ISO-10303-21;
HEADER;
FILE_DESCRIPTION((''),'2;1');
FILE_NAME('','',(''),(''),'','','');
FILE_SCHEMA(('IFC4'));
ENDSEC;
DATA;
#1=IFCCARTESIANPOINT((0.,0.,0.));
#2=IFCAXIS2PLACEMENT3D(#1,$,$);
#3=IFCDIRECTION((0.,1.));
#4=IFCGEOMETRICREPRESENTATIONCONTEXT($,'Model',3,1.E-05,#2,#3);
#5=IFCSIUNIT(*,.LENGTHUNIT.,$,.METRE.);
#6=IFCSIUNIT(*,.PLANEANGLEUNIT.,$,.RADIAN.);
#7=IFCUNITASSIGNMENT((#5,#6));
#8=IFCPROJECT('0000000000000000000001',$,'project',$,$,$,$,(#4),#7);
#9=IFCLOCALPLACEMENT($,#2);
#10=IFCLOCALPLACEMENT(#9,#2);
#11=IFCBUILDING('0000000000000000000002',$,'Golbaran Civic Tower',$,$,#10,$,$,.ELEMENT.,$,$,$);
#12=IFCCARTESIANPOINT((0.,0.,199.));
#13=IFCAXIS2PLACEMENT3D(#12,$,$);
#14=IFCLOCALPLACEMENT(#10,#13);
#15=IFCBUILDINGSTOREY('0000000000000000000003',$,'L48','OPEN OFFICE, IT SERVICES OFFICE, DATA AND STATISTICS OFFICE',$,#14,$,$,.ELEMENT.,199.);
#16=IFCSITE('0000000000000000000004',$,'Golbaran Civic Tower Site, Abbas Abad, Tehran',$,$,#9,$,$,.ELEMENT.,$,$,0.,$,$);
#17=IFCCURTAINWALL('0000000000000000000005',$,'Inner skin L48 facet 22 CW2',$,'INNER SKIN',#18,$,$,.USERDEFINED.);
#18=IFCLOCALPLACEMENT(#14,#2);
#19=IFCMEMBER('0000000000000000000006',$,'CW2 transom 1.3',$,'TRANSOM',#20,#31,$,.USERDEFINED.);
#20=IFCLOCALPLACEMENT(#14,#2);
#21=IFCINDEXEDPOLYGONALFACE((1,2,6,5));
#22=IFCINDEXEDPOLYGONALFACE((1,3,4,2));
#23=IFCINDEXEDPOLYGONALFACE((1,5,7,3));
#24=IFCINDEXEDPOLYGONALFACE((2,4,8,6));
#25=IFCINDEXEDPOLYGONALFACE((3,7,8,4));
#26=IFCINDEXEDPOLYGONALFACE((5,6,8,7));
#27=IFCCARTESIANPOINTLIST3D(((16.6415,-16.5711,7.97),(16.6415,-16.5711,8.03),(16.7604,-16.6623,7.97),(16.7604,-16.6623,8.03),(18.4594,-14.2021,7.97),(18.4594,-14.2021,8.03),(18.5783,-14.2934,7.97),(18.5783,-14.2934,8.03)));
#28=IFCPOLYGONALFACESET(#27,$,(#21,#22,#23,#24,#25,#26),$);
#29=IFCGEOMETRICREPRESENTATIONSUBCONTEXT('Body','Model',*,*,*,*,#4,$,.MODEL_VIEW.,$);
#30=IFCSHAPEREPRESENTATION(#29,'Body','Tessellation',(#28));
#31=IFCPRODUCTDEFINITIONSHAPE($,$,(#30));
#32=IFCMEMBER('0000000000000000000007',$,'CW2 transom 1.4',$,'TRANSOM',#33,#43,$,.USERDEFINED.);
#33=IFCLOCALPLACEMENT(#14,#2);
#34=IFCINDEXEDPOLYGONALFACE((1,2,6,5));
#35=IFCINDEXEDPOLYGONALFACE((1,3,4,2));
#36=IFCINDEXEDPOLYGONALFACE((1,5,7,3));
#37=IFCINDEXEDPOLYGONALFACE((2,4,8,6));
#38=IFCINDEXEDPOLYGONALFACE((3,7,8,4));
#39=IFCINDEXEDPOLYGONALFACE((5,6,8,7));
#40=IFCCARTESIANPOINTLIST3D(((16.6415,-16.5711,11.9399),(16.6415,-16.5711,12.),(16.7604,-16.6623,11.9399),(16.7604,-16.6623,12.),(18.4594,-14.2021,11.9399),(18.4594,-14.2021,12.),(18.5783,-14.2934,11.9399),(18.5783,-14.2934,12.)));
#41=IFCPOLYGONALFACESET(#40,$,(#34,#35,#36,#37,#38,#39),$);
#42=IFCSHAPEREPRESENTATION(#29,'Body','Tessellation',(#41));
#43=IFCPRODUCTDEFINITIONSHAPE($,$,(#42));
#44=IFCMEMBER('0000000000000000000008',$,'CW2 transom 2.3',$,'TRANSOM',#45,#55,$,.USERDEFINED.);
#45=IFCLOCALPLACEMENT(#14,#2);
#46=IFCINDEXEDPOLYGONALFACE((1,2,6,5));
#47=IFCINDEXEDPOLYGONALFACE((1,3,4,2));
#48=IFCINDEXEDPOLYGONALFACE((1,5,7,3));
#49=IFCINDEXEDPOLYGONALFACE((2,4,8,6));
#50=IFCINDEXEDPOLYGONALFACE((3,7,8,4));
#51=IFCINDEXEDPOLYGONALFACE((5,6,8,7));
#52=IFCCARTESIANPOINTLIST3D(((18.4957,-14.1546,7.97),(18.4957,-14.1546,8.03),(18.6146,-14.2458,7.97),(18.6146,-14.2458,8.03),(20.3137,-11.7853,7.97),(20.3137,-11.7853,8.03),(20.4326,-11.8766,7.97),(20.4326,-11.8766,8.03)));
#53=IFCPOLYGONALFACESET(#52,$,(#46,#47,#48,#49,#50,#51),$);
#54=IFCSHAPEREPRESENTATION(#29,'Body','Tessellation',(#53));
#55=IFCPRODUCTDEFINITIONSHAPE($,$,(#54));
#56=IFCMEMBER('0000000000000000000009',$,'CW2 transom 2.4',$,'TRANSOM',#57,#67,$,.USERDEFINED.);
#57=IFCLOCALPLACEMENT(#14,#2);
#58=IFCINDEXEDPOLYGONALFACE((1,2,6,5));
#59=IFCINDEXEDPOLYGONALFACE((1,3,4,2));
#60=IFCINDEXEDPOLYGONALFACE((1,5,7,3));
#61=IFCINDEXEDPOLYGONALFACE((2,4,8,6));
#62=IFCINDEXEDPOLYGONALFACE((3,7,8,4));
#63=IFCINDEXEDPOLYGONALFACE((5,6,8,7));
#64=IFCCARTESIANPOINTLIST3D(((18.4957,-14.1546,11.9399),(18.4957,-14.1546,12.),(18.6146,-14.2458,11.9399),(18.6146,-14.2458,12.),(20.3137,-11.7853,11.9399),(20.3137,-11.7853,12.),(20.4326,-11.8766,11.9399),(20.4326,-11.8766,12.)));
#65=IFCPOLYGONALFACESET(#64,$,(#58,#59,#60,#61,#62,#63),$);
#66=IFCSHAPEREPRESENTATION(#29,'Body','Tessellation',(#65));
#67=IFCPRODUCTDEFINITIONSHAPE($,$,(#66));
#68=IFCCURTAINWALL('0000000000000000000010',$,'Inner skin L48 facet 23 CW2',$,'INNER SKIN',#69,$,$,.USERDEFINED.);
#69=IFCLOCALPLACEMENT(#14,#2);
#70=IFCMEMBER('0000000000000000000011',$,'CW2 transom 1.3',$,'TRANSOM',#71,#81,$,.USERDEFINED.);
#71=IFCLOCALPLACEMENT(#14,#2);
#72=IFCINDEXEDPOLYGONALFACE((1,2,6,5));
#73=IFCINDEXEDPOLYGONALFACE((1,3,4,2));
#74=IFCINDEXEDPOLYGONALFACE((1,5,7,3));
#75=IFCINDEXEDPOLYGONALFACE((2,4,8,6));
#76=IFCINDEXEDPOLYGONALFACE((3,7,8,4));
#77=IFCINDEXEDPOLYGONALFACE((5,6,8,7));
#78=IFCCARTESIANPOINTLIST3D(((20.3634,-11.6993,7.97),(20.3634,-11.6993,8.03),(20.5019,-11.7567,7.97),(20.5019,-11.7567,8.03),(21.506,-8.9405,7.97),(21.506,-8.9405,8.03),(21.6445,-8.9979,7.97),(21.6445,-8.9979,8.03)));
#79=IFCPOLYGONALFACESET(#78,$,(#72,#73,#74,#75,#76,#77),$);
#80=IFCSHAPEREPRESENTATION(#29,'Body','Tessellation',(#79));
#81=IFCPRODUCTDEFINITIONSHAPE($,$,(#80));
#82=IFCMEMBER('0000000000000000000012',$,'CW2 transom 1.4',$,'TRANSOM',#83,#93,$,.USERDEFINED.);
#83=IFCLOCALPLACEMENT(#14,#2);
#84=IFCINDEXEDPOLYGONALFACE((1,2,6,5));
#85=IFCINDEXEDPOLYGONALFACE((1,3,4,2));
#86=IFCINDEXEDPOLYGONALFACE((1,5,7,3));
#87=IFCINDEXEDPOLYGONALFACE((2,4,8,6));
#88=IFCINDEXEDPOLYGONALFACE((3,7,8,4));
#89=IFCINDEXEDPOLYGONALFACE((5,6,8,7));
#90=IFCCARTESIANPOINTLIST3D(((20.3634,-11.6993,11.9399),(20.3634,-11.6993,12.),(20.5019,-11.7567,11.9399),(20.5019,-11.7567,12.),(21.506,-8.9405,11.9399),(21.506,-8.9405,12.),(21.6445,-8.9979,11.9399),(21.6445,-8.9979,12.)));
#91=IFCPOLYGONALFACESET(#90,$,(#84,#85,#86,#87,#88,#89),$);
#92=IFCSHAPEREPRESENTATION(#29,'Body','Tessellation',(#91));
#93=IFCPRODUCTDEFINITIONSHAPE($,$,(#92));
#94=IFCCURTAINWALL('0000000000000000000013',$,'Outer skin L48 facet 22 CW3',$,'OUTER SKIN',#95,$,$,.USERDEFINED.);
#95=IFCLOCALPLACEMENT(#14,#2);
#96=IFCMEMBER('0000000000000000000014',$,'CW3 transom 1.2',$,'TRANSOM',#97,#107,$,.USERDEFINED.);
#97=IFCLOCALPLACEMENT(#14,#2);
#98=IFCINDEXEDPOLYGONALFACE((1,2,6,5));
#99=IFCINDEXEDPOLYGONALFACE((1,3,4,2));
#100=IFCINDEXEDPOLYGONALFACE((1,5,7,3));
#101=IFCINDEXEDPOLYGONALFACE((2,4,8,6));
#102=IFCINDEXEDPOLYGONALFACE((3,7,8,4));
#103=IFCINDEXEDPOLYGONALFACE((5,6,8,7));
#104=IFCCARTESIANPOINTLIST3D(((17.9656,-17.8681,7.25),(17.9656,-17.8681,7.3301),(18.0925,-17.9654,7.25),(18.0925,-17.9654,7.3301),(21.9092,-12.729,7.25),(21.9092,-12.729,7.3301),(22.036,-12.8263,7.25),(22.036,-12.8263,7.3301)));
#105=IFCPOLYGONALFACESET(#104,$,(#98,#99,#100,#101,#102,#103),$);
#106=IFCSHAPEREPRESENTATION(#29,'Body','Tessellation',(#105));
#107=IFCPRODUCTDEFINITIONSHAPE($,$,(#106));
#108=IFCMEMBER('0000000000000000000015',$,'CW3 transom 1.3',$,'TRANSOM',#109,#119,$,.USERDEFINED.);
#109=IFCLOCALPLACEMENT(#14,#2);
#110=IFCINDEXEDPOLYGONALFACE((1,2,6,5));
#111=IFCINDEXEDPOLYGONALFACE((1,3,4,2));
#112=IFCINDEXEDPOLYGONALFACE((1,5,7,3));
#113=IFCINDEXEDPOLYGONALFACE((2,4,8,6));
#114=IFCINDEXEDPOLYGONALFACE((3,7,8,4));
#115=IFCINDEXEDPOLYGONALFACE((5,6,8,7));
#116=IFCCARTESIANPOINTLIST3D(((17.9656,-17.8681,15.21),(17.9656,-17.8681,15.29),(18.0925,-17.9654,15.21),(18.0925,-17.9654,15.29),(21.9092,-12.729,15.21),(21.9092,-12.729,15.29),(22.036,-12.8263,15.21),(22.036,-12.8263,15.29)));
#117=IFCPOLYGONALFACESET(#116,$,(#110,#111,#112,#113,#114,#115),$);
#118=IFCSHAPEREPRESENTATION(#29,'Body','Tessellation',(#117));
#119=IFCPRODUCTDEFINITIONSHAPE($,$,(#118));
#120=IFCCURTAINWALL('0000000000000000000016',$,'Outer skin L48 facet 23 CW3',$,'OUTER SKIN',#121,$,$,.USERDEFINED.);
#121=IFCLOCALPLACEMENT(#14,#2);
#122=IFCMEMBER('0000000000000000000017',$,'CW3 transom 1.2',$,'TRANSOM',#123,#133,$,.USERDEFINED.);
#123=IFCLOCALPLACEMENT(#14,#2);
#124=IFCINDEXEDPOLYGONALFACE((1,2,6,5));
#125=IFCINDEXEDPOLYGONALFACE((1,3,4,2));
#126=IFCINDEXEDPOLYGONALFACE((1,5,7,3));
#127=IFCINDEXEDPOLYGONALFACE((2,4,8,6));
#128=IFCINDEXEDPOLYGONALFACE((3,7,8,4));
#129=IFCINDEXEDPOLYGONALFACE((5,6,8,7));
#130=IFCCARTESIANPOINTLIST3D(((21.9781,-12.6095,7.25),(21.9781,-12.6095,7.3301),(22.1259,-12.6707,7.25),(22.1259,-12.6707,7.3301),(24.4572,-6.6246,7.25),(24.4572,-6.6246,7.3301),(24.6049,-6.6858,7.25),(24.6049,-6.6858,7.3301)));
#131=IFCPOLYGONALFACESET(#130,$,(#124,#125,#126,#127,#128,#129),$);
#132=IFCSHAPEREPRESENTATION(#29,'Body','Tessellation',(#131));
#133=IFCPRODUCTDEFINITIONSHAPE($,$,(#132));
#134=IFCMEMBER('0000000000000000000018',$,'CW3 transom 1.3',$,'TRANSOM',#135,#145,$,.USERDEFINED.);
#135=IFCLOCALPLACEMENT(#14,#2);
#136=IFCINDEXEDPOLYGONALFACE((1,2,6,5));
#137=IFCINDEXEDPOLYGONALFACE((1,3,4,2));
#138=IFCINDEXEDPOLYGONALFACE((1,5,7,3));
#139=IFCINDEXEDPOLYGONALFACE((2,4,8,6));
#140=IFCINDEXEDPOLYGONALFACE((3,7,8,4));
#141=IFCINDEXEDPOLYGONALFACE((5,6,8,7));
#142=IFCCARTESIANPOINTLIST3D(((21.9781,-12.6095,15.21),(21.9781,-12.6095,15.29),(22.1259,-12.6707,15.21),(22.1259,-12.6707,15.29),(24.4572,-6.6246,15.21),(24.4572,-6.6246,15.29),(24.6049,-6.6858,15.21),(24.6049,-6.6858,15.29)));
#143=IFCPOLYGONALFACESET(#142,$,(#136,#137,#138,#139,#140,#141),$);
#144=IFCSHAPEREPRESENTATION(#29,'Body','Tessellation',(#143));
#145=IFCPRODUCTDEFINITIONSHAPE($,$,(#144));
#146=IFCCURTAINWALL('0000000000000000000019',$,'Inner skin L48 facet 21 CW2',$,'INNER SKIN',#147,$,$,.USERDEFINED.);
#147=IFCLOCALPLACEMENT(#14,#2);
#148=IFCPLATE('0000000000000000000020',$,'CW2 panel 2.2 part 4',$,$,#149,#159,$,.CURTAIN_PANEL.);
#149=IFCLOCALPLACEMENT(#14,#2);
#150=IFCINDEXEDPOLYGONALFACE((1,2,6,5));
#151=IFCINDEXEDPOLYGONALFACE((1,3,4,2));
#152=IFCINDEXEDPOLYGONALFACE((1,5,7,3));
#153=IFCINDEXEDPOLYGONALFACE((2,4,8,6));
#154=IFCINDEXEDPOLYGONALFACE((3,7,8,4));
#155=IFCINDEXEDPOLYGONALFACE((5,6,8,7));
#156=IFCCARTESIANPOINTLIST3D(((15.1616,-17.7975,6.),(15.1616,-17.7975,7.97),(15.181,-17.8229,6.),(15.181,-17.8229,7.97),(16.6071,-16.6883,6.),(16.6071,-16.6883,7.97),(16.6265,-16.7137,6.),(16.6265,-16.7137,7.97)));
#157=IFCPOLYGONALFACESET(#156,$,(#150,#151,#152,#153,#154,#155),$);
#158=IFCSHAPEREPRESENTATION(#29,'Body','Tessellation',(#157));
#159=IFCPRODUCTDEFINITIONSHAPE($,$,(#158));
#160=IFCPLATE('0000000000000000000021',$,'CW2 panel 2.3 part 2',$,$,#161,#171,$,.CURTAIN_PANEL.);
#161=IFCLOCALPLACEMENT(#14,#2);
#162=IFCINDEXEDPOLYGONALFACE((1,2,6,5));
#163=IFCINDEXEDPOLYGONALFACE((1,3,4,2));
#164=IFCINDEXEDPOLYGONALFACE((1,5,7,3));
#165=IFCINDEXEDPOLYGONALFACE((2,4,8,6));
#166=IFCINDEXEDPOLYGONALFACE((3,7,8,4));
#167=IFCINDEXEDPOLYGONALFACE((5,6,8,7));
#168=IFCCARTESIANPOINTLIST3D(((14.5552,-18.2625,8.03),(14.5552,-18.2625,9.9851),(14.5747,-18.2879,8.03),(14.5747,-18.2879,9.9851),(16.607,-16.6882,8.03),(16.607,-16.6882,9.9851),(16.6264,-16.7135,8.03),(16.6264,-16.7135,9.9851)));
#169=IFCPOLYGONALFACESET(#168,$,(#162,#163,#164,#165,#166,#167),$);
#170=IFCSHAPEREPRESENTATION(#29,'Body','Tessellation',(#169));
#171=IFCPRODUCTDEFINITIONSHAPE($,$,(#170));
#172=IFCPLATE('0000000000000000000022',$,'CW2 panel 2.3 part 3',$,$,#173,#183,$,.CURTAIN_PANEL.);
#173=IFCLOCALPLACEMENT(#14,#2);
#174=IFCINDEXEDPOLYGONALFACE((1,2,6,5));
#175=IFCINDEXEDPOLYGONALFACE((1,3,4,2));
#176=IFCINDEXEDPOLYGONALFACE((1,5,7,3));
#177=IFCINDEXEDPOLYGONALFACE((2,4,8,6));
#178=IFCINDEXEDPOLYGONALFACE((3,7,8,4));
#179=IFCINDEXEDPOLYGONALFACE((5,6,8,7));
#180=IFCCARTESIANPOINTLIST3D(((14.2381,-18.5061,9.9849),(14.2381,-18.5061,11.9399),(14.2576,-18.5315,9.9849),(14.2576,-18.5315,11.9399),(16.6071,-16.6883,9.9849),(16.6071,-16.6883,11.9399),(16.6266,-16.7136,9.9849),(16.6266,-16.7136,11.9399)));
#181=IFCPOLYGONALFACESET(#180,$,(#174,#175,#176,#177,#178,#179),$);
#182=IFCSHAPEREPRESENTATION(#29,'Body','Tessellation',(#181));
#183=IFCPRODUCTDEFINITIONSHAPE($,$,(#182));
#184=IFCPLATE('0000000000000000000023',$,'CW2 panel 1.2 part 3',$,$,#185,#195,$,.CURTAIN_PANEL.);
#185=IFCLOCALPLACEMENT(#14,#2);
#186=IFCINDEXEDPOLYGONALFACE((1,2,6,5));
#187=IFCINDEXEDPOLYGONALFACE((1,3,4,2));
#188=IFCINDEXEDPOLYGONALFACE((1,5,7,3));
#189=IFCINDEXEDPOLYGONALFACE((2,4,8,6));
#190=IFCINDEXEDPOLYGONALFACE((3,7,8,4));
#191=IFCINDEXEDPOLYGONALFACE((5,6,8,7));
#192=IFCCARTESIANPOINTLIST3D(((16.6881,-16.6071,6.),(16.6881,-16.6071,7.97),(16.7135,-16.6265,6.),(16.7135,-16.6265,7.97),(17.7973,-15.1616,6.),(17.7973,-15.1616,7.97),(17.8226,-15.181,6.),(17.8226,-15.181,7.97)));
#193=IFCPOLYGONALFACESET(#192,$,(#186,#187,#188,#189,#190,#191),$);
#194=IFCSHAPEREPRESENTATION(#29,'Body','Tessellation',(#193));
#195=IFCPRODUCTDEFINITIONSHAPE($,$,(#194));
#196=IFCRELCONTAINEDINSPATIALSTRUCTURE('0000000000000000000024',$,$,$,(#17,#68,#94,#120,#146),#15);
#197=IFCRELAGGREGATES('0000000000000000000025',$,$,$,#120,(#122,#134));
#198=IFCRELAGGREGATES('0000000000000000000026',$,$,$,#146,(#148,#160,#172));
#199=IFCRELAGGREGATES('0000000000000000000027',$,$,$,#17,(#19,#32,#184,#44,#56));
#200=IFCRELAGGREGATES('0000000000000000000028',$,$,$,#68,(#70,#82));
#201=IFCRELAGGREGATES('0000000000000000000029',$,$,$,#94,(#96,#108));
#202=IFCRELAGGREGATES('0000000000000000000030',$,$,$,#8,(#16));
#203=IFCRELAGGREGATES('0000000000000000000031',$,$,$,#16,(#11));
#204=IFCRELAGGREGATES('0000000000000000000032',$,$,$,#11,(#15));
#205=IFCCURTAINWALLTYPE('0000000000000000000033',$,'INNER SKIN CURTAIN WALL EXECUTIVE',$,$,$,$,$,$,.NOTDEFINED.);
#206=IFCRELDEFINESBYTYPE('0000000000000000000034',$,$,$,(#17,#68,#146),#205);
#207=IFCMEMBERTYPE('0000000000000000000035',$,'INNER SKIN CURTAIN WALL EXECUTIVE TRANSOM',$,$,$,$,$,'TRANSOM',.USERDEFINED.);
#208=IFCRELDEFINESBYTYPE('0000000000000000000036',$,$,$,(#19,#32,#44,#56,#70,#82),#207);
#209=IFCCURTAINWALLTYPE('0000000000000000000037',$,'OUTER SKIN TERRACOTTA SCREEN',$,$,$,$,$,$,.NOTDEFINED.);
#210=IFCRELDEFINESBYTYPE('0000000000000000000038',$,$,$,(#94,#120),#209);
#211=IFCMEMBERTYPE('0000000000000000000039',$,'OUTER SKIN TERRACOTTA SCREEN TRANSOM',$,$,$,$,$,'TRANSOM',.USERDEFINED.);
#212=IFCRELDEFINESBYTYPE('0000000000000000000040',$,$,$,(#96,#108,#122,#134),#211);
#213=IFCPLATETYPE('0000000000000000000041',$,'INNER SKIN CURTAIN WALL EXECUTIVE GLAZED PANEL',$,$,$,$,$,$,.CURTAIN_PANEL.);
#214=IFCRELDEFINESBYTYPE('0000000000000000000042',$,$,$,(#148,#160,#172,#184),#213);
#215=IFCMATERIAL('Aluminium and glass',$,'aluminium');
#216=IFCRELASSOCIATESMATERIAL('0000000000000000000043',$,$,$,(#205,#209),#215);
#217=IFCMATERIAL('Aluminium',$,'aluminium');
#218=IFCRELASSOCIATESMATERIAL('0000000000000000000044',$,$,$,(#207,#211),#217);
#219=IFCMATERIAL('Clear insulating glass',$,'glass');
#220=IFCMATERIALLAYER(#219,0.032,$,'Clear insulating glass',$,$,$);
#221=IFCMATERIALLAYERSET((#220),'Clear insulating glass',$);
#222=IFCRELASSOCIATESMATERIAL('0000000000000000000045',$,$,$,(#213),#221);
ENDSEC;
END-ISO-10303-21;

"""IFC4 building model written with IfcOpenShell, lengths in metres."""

from ifc_helpers import new_model, si_unit, direction, frame, origin, origin_2d, place, context, subcontext, project, spatial, rectangle, extrude, material, layer, layer_set, material_profile, profile_set, type_object, element, aggregate, save


model = new_model("IFC4")

# Units and contexts
model_context = context("Model", 3, precision=1e-05, world=origin(), true_north=direction((0.0, 1.0)))
body_context = subcontext(model_context, "Body", "Model", "MODEL_VIEW")
ifc_project = project(units=[si_unit("LENGTHUNIT", "METRE"), si_unit("PLANEANGLEUNIT", "RADIAN")], contexts=[model_context])

# Site, building, storey
site_placement = place(None, origin())
site = spatial("IfcSite", under=ifc_project, at=site_placement, Name="Golbaran Civic Tower Site, Abbas Abad, Tehran", CompositionType="ELEMENT", RefElevation=0.0)
building_placement = place(site_placement, origin())
building = spatial("IfcBuilding", under=site, at=building_placement, Name="Golbaran Civic Tower", CompositionType="ELEMENT")
storey_placement = place(building_placement, frame((0.0, 0.0, 199.0)))
storey = spatial("IfcBuildingStorey", under=building, at=storey_placement, Name="L48", Description="OPEN OFFICE, IT SERVICES OFFICE, DATA AND STATISTICS OFFICE", CompositionType="ELEMENT", Elevation=199.0)

# Curtain walls, members
ifc_material_1 = material(Name="Aluminium and glass", Category="aluminium")
curtain_wall_type_1 = type_object("IfcCurtainWallType", Name="INNER SKIN CURTAIN WALL EXECUTIVE", PredefinedType="NOTDEFINED", material=ifc_material_1)
curtain_wall_1_placement = place(storey_placement, origin())
curtain_wall_1 = element("IfcCurtainWall", 1, at=curtain_wall_1_placement, inside=storey, type_object=curtain_wall_type_1, Name="Inner skin L48 facet 22 CW2", ObjectType="INNER SKIN", PredefinedType="USERDEFINED")
ifc_material_2 = material(Name="Aluminium", Category="aluminium")
ifc_material_profile_1 = material_profile(ifc_material_2, rectangle(XDim=0.1499, YDim=0.0601, at=origin_2d()), Name="INNER SKIN CURTAIN WALL EXECUTIVE TRANSOM")
ifc_profile_set_1 = profile_set([ifc_material_profile_1], Name="Aluminium")
member_type_1 = type_object("IfcMemberType", Name="INNER SKIN CURTAIN WALL EXECUTIVE TRANSOM", ElementType="TRANSOM", PredefinedType="USERDEFINED", material=ifc_profile_set_1)
member_1_placement = place(storey_placement, frame((16.7009, -16.6167, 8.0), z_axis=(0.608794, 0.793329, 0.0), x_axis=(-0.793329, 0.608794, 0.0)))
member_1 = element("IfcMember", 2, at=member_1_placement, type_object=member_type_1, Name="CW2 transom 1.3", ObjectType="TRANSOM", PredefinedType="USERDEFINED", context=body_context, shape_type="SweptSolid", body=[
    extrude(rectangle(XDim=0.1499, YDim=0.0601, at=origin_2d()), origin(), (0.0, 0.0, 1.0), 2.9861),
])
member_2_placement = place(storey_placement, frame((16.7009, -16.6167, 11.97), z_axis=(0.608794, 0.793329, 0.0), x_axis=(-0.793329, 0.608794, 0.0)))
member_2 = element("IfcMember", 3, at=member_2_placement, type_object=member_type_1, Name="CW2 transom 1.4", ObjectType="TRANSOM", PredefinedType="USERDEFINED", context=body_context, shape_type="SweptSolid", body=[
    extrude(rectangle(XDim=0.1499, YDim=0.0601, at=origin_2d()), origin(), (0.0, 0.0, 1.0), 2.9861),
])
member_3_placement = place(storey_placement, frame((18.5552, -14.2002, 8.0), z_axis=(0.608754, 0.793359, 0.0), x_axis=(-0.793359, 0.608754, 0.0)))
member_3 = element("IfcMember", 4, at=member_3_placement, type_object=member_type_1, Name="CW2 transom 2.3", ObjectType="TRANSOM", PredefinedType="USERDEFINED", context=body_context, shape_type="SweptSolid", body=[
    extrude(rectangle(XDim=0.1499, YDim=0.0601, at=origin_2d()), origin(), (0.0, 0.0, 1.0), 2.9863),
])
member_4_placement = place(storey_placement, frame((18.5552, -14.2002, 11.97), z_axis=(0.608754, 0.793359, 0.0), x_axis=(-0.793359, 0.608754, 0.0)))
member_4 = element("IfcMember", 5, at=member_4_placement, type_object=member_type_1, Name="CW2 transom 2.4", ObjectType="TRANSOM", PredefinedType="USERDEFINED", context=body_context, shape_type="SweptSolid", body=[
    extrude(rectangle(XDim=0.1499, YDim=0.0601, at=origin_2d()), origin(), (0.0, 0.0, 1.0), 2.9863),
])
curtain_wall_2_placement = place(storey_placement, origin())
curtain_wall_2 = element("IfcCurtainWall", 6, at=curtain_wall_2_placement, inside=storey, type_object=curtain_wall_type_1, Name="Inner skin L48 facet 23 CW2", ObjectType="INNER SKIN", PredefinedType="USERDEFINED")
member_5_placement = place(storey_placement, frame((20.4326, -11.728, 8.0), z_axis=(0.382641, 0.923897, 0.0), x_axis=(-0.923897, 0.382641, 0.0)))
member_5 = element("IfcMember", 7, at=member_5_placement, type_object=member_type_1, Name="CW2 transom 1.3", ObjectType="TRANSOM", PredefinedType="USERDEFINED", context=body_context, shape_type="SweptSolid", body=[
    extrude(rectangle(XDim=0.1499, YDim=0.0601, at=origin_2d()), origin(), (0.0, 0.0, 1.0), 2.9861),
])
member_6_placement = place(storey_placement, frame((20.4326, -11.728, 11.97), z_axis=(0.382641, 0.923897, 0.0), x_axis=(-0.923897, 0.382641, 0.0)))
member_6 = element("IfcMember", 8, at=member_6_placement, type_object=member_type_1, Name="CW2 transom 1.4", ObjectType="TRANSOM", PredefinedType="USERDEFINED", context=body_context, shape_type="SweptSolid", body=[
    extrude(rectangle(XDim=0.1499, YDim=0.0601, at=origin_2d()), origin(), (0.0, 0.0, 1.0), 2.9861),
])
curtain_wall_type_2 = type_object("IfcCurtainWallType", Name="OUTER SKIN TERRACOTTA SCREEN", PredefinedType="NOTDEFINED", material=ifc_material_1)
curtain_wall_3_placement = place(storey_placement, origin())
curtain_wall_3 = element("IfcCurtainWall", 9, at=curtain_wall_3_placement, inside=storey, type_object=curtain_wall_type_2, Name="Outer skin L48 facet 22 CW3", ObjectType="OUTER SKIN", PredefinedType="USERDEFINED")
ifc_material_profile_2 = material_profile(ifc_material_2, rectangle(XDim=0.1599, YDim=0.0801, at=origin_2d()), Name="OUTER SKIN TERRACOTTA SCREEN TRANSOM")
ifc_profile_set_2 = profile_set([ifc_material_profile_2], Name="Aluminium")
member_type_2 = type_object("IfcMemberType", Name="OUTER SKIN TERRACOTTA SCREEN TRANSOM", ElementType="TRANSOM", PredefinedType="USERDEFINED", material=ifc_profile_set_2)
member_7_placement = place(storey_placement, frame((18.0291, -17.9167, 7.29), z_axis=(0.60878, 0.793339, 0.0), x_axis=(-0.793339, 0.60878, 0.0)))
member_7 = element("IfcMember", 10, at=member_7_placement, type_object=member_type_2, Name="CW3 transom 1.2", ObjectType="TRANSOM", PredefinedType="USERDEFINED", context=body_context, shape_type="SweptSolid", body=[
    extrude(rectangle(XDim=0.1599, YDim=0.0801, at=origin_2d()), origin(), (0.0, 0.0, 1.0), 6.4778),
])
member_8_placement = place(storey_placement, frame((18.0291, -17.9167, 15.25), z_axis=(0.60878, 0.793339, 0.0), x_axis=(-0.793339, 0.60878, 0.0)))
member_8 = element("IfcMember", 11, at=member_8_placement, type_object=member_type_2, Name="CW3 transom 1.3", ObjectType="TRANSOM", PredefinedType="USERDEFINED", context=body_context, shape_type="SweptSolid", body=[
    extrude(rectangle(XDim=0.1599, YDim=0.0801, at=origin_2d()), origin(), (0.0, 0.0, 1.0), 6.4778),
])
curtain_wall_4_placement = place(storey_placement, origin())
curtain_wall_4 = element("IfcCurtainWall", 12, at=curtain_wall_4_placement, inside=storey, type_object=curtain_wall_type_2, Name="Outer skin L48 facet 23 CW3", ObjectType="OUTER SKIN", PredefinedType="USERDEFINED")
member_9_placement = place(storey_placement, frame((22.052, -12.6401, 7.29), z_axis=(0.382682, 0.92388, 0.0), x_axis=(-0.92388, 0.382682, 0.0)))
member_9 = element("IfcMember", 13, at=member_9_placement, type_object=member_type_2, Name="CW3 transom 1.2", ObjectType="TRANSOM", PredefinedType="USERDEFINED", context=body_context, shape_type="SweptSolid", body=[
    extrude(rectangle(XDim=0.1599, YDim=0.0801, at=origin_2d()), origin(), (0.0, 0.0, 1.0), 6.478),
])
member_10_placement = place(storey_placement, frame((22.052, -12.6401, 15.25), z_axis=(0.382682, 0.92388, 0.0), x_axis=(-0.92388, 0.382682, 0.0)))
member_10 = element("IfcMember", 14, at=member_10_placement, type_object=member_type_2, Name="CW3 transom 1.3", ObjectType="TRANSOM", PredefinedType="USERDEFINED", context=body_context, shape_type="SweptSolid", body=[
    extrude(rectangle(XDim=0.1599, YDim=0.0801, at=origin_2d()), origin(), (0.0, 0.0, 1.0), 6.478),
])
aggregate(curtain_wall_4, [member_9, member_10])

# Curtain wall, plates
curtain_wall_5_placement = place(storey_placement, origin())
curtain_wall_5 = element("IfcCurtainWall", 15, at=curtain_wall_5_placement, inside=storey, type_object=curtain_wall_type_1, Name="Inner skin L48 facet 21 CW2", ObjectType="INNER SKIN", PredefinedType="USERDEFINED")
ifc_material_3 = material(Name="Clear insulating glass", Category="glass")
ifc_layer_1 = layer(ifc_material_3, 0.032, Name="Clear insulating glass")
ifc_layer_set_1 = layer_set([ifc_layer_1], Name="Clear insulating glass")
plate_type_1 = type_object("IfcPlateType", Name="INNER SKIN CURTAIN WALL EXECUTIVE GLAZED PANEL", PredefinedType="CURTAIN_PANEL", material=ifc_layer_set_1)
plate_1_placement = place(storey_placement, frame((15.894, -17.2556, 6.0), z_axis=(0.0, 0.0, 1.0), x_axis=(0.793353, 0.608761, 0.0)))
plate_1 = element("IfcPlate", 16, at=plate_1_placement, type_object=plate_type_1, Name="CW2 panel 2.2 part 4", PredefinedType="CURTAIN_PANEL", context=body_context, shape_type="SweptSolid", body=[
    extrude(rectangle(XDim=1.822, YDim=0.032, at=origin_2d()), origin(), (0.0, 0.0, 1.0), 1.97),
])
plate_2_placement = place(storey_placement, frame((15.5908, -17.488, 8.03), z_axis=(0.0, 0.0, 1.0), x_axis=(0.793353, 0.608761, 0.0)))
plate_2 = element("IfcPlate", 17, at=plate_2_placement, type_object=plate_type_1, Name="CW2 panel 2.3 part 2", PredefinedType="CURTAIN_PANEL", context=body_context, shape_type="SweptSolid", body=[
    extrude(rectangle(XDim=2.5862, YDim=0.032, at=origin_2d()), origin(), (0.0, 0.0, 1.0), 1.9551),
])
plate_3_placement = place(storey_placement, frame((15.4324, -17.6099, 9.9849), z_axis=(0.0, 0.0, 1.0), x_axis=(0.793353, 0.608761, 0.0)))
plate_3 = element("IfcPlate", 18, at=plate_3_placement, type_object=plate_type_1, Name="CW2 panel 2.3 part 3", PredefinedType="CURTAIN_PANEL", context=body_context, shape_type="SweptSolid", body=[
    extrude(rectangle(XDim=2.9861, YDim=0.032, at=origin_2d()), origin(), (0.0, 0.0, 1.0), 1.9551),
])
aggregate(curtain_wall_5, [plate_1, plate_2, plate_3])

# Plate
plate_4_placement = place(storey_placement, frame((17.2554, -15.894, 6.0), z_axis=(0.0, 0.0, 1.0), x_axis=(0.608761, 0.793353, 0.0)))
plate_4 = element("IfcPlate", 19, at=plate_4_placement, type_object=plate_type_1, Name="CW2 panel 1.2 part 3", PredefinedType="CURTAIN_PANEL", context=body_context, shape_type="SweptSolid", body=[
    extrude(rectangle(XDim=1.822, YDim=0.032, at=origin_2d()), origin(), (0.0, 0.0, 1.0), 1.97),
])
aggregate(curtain_wall_1, [member_1, member_2, plate_4, member_3, member_4])
aggregate(curtain_wall_2, [member_5, member_6])
aggregate(curtain_wall_3, [member_7, member_8])

save(model, "model.ifc")
